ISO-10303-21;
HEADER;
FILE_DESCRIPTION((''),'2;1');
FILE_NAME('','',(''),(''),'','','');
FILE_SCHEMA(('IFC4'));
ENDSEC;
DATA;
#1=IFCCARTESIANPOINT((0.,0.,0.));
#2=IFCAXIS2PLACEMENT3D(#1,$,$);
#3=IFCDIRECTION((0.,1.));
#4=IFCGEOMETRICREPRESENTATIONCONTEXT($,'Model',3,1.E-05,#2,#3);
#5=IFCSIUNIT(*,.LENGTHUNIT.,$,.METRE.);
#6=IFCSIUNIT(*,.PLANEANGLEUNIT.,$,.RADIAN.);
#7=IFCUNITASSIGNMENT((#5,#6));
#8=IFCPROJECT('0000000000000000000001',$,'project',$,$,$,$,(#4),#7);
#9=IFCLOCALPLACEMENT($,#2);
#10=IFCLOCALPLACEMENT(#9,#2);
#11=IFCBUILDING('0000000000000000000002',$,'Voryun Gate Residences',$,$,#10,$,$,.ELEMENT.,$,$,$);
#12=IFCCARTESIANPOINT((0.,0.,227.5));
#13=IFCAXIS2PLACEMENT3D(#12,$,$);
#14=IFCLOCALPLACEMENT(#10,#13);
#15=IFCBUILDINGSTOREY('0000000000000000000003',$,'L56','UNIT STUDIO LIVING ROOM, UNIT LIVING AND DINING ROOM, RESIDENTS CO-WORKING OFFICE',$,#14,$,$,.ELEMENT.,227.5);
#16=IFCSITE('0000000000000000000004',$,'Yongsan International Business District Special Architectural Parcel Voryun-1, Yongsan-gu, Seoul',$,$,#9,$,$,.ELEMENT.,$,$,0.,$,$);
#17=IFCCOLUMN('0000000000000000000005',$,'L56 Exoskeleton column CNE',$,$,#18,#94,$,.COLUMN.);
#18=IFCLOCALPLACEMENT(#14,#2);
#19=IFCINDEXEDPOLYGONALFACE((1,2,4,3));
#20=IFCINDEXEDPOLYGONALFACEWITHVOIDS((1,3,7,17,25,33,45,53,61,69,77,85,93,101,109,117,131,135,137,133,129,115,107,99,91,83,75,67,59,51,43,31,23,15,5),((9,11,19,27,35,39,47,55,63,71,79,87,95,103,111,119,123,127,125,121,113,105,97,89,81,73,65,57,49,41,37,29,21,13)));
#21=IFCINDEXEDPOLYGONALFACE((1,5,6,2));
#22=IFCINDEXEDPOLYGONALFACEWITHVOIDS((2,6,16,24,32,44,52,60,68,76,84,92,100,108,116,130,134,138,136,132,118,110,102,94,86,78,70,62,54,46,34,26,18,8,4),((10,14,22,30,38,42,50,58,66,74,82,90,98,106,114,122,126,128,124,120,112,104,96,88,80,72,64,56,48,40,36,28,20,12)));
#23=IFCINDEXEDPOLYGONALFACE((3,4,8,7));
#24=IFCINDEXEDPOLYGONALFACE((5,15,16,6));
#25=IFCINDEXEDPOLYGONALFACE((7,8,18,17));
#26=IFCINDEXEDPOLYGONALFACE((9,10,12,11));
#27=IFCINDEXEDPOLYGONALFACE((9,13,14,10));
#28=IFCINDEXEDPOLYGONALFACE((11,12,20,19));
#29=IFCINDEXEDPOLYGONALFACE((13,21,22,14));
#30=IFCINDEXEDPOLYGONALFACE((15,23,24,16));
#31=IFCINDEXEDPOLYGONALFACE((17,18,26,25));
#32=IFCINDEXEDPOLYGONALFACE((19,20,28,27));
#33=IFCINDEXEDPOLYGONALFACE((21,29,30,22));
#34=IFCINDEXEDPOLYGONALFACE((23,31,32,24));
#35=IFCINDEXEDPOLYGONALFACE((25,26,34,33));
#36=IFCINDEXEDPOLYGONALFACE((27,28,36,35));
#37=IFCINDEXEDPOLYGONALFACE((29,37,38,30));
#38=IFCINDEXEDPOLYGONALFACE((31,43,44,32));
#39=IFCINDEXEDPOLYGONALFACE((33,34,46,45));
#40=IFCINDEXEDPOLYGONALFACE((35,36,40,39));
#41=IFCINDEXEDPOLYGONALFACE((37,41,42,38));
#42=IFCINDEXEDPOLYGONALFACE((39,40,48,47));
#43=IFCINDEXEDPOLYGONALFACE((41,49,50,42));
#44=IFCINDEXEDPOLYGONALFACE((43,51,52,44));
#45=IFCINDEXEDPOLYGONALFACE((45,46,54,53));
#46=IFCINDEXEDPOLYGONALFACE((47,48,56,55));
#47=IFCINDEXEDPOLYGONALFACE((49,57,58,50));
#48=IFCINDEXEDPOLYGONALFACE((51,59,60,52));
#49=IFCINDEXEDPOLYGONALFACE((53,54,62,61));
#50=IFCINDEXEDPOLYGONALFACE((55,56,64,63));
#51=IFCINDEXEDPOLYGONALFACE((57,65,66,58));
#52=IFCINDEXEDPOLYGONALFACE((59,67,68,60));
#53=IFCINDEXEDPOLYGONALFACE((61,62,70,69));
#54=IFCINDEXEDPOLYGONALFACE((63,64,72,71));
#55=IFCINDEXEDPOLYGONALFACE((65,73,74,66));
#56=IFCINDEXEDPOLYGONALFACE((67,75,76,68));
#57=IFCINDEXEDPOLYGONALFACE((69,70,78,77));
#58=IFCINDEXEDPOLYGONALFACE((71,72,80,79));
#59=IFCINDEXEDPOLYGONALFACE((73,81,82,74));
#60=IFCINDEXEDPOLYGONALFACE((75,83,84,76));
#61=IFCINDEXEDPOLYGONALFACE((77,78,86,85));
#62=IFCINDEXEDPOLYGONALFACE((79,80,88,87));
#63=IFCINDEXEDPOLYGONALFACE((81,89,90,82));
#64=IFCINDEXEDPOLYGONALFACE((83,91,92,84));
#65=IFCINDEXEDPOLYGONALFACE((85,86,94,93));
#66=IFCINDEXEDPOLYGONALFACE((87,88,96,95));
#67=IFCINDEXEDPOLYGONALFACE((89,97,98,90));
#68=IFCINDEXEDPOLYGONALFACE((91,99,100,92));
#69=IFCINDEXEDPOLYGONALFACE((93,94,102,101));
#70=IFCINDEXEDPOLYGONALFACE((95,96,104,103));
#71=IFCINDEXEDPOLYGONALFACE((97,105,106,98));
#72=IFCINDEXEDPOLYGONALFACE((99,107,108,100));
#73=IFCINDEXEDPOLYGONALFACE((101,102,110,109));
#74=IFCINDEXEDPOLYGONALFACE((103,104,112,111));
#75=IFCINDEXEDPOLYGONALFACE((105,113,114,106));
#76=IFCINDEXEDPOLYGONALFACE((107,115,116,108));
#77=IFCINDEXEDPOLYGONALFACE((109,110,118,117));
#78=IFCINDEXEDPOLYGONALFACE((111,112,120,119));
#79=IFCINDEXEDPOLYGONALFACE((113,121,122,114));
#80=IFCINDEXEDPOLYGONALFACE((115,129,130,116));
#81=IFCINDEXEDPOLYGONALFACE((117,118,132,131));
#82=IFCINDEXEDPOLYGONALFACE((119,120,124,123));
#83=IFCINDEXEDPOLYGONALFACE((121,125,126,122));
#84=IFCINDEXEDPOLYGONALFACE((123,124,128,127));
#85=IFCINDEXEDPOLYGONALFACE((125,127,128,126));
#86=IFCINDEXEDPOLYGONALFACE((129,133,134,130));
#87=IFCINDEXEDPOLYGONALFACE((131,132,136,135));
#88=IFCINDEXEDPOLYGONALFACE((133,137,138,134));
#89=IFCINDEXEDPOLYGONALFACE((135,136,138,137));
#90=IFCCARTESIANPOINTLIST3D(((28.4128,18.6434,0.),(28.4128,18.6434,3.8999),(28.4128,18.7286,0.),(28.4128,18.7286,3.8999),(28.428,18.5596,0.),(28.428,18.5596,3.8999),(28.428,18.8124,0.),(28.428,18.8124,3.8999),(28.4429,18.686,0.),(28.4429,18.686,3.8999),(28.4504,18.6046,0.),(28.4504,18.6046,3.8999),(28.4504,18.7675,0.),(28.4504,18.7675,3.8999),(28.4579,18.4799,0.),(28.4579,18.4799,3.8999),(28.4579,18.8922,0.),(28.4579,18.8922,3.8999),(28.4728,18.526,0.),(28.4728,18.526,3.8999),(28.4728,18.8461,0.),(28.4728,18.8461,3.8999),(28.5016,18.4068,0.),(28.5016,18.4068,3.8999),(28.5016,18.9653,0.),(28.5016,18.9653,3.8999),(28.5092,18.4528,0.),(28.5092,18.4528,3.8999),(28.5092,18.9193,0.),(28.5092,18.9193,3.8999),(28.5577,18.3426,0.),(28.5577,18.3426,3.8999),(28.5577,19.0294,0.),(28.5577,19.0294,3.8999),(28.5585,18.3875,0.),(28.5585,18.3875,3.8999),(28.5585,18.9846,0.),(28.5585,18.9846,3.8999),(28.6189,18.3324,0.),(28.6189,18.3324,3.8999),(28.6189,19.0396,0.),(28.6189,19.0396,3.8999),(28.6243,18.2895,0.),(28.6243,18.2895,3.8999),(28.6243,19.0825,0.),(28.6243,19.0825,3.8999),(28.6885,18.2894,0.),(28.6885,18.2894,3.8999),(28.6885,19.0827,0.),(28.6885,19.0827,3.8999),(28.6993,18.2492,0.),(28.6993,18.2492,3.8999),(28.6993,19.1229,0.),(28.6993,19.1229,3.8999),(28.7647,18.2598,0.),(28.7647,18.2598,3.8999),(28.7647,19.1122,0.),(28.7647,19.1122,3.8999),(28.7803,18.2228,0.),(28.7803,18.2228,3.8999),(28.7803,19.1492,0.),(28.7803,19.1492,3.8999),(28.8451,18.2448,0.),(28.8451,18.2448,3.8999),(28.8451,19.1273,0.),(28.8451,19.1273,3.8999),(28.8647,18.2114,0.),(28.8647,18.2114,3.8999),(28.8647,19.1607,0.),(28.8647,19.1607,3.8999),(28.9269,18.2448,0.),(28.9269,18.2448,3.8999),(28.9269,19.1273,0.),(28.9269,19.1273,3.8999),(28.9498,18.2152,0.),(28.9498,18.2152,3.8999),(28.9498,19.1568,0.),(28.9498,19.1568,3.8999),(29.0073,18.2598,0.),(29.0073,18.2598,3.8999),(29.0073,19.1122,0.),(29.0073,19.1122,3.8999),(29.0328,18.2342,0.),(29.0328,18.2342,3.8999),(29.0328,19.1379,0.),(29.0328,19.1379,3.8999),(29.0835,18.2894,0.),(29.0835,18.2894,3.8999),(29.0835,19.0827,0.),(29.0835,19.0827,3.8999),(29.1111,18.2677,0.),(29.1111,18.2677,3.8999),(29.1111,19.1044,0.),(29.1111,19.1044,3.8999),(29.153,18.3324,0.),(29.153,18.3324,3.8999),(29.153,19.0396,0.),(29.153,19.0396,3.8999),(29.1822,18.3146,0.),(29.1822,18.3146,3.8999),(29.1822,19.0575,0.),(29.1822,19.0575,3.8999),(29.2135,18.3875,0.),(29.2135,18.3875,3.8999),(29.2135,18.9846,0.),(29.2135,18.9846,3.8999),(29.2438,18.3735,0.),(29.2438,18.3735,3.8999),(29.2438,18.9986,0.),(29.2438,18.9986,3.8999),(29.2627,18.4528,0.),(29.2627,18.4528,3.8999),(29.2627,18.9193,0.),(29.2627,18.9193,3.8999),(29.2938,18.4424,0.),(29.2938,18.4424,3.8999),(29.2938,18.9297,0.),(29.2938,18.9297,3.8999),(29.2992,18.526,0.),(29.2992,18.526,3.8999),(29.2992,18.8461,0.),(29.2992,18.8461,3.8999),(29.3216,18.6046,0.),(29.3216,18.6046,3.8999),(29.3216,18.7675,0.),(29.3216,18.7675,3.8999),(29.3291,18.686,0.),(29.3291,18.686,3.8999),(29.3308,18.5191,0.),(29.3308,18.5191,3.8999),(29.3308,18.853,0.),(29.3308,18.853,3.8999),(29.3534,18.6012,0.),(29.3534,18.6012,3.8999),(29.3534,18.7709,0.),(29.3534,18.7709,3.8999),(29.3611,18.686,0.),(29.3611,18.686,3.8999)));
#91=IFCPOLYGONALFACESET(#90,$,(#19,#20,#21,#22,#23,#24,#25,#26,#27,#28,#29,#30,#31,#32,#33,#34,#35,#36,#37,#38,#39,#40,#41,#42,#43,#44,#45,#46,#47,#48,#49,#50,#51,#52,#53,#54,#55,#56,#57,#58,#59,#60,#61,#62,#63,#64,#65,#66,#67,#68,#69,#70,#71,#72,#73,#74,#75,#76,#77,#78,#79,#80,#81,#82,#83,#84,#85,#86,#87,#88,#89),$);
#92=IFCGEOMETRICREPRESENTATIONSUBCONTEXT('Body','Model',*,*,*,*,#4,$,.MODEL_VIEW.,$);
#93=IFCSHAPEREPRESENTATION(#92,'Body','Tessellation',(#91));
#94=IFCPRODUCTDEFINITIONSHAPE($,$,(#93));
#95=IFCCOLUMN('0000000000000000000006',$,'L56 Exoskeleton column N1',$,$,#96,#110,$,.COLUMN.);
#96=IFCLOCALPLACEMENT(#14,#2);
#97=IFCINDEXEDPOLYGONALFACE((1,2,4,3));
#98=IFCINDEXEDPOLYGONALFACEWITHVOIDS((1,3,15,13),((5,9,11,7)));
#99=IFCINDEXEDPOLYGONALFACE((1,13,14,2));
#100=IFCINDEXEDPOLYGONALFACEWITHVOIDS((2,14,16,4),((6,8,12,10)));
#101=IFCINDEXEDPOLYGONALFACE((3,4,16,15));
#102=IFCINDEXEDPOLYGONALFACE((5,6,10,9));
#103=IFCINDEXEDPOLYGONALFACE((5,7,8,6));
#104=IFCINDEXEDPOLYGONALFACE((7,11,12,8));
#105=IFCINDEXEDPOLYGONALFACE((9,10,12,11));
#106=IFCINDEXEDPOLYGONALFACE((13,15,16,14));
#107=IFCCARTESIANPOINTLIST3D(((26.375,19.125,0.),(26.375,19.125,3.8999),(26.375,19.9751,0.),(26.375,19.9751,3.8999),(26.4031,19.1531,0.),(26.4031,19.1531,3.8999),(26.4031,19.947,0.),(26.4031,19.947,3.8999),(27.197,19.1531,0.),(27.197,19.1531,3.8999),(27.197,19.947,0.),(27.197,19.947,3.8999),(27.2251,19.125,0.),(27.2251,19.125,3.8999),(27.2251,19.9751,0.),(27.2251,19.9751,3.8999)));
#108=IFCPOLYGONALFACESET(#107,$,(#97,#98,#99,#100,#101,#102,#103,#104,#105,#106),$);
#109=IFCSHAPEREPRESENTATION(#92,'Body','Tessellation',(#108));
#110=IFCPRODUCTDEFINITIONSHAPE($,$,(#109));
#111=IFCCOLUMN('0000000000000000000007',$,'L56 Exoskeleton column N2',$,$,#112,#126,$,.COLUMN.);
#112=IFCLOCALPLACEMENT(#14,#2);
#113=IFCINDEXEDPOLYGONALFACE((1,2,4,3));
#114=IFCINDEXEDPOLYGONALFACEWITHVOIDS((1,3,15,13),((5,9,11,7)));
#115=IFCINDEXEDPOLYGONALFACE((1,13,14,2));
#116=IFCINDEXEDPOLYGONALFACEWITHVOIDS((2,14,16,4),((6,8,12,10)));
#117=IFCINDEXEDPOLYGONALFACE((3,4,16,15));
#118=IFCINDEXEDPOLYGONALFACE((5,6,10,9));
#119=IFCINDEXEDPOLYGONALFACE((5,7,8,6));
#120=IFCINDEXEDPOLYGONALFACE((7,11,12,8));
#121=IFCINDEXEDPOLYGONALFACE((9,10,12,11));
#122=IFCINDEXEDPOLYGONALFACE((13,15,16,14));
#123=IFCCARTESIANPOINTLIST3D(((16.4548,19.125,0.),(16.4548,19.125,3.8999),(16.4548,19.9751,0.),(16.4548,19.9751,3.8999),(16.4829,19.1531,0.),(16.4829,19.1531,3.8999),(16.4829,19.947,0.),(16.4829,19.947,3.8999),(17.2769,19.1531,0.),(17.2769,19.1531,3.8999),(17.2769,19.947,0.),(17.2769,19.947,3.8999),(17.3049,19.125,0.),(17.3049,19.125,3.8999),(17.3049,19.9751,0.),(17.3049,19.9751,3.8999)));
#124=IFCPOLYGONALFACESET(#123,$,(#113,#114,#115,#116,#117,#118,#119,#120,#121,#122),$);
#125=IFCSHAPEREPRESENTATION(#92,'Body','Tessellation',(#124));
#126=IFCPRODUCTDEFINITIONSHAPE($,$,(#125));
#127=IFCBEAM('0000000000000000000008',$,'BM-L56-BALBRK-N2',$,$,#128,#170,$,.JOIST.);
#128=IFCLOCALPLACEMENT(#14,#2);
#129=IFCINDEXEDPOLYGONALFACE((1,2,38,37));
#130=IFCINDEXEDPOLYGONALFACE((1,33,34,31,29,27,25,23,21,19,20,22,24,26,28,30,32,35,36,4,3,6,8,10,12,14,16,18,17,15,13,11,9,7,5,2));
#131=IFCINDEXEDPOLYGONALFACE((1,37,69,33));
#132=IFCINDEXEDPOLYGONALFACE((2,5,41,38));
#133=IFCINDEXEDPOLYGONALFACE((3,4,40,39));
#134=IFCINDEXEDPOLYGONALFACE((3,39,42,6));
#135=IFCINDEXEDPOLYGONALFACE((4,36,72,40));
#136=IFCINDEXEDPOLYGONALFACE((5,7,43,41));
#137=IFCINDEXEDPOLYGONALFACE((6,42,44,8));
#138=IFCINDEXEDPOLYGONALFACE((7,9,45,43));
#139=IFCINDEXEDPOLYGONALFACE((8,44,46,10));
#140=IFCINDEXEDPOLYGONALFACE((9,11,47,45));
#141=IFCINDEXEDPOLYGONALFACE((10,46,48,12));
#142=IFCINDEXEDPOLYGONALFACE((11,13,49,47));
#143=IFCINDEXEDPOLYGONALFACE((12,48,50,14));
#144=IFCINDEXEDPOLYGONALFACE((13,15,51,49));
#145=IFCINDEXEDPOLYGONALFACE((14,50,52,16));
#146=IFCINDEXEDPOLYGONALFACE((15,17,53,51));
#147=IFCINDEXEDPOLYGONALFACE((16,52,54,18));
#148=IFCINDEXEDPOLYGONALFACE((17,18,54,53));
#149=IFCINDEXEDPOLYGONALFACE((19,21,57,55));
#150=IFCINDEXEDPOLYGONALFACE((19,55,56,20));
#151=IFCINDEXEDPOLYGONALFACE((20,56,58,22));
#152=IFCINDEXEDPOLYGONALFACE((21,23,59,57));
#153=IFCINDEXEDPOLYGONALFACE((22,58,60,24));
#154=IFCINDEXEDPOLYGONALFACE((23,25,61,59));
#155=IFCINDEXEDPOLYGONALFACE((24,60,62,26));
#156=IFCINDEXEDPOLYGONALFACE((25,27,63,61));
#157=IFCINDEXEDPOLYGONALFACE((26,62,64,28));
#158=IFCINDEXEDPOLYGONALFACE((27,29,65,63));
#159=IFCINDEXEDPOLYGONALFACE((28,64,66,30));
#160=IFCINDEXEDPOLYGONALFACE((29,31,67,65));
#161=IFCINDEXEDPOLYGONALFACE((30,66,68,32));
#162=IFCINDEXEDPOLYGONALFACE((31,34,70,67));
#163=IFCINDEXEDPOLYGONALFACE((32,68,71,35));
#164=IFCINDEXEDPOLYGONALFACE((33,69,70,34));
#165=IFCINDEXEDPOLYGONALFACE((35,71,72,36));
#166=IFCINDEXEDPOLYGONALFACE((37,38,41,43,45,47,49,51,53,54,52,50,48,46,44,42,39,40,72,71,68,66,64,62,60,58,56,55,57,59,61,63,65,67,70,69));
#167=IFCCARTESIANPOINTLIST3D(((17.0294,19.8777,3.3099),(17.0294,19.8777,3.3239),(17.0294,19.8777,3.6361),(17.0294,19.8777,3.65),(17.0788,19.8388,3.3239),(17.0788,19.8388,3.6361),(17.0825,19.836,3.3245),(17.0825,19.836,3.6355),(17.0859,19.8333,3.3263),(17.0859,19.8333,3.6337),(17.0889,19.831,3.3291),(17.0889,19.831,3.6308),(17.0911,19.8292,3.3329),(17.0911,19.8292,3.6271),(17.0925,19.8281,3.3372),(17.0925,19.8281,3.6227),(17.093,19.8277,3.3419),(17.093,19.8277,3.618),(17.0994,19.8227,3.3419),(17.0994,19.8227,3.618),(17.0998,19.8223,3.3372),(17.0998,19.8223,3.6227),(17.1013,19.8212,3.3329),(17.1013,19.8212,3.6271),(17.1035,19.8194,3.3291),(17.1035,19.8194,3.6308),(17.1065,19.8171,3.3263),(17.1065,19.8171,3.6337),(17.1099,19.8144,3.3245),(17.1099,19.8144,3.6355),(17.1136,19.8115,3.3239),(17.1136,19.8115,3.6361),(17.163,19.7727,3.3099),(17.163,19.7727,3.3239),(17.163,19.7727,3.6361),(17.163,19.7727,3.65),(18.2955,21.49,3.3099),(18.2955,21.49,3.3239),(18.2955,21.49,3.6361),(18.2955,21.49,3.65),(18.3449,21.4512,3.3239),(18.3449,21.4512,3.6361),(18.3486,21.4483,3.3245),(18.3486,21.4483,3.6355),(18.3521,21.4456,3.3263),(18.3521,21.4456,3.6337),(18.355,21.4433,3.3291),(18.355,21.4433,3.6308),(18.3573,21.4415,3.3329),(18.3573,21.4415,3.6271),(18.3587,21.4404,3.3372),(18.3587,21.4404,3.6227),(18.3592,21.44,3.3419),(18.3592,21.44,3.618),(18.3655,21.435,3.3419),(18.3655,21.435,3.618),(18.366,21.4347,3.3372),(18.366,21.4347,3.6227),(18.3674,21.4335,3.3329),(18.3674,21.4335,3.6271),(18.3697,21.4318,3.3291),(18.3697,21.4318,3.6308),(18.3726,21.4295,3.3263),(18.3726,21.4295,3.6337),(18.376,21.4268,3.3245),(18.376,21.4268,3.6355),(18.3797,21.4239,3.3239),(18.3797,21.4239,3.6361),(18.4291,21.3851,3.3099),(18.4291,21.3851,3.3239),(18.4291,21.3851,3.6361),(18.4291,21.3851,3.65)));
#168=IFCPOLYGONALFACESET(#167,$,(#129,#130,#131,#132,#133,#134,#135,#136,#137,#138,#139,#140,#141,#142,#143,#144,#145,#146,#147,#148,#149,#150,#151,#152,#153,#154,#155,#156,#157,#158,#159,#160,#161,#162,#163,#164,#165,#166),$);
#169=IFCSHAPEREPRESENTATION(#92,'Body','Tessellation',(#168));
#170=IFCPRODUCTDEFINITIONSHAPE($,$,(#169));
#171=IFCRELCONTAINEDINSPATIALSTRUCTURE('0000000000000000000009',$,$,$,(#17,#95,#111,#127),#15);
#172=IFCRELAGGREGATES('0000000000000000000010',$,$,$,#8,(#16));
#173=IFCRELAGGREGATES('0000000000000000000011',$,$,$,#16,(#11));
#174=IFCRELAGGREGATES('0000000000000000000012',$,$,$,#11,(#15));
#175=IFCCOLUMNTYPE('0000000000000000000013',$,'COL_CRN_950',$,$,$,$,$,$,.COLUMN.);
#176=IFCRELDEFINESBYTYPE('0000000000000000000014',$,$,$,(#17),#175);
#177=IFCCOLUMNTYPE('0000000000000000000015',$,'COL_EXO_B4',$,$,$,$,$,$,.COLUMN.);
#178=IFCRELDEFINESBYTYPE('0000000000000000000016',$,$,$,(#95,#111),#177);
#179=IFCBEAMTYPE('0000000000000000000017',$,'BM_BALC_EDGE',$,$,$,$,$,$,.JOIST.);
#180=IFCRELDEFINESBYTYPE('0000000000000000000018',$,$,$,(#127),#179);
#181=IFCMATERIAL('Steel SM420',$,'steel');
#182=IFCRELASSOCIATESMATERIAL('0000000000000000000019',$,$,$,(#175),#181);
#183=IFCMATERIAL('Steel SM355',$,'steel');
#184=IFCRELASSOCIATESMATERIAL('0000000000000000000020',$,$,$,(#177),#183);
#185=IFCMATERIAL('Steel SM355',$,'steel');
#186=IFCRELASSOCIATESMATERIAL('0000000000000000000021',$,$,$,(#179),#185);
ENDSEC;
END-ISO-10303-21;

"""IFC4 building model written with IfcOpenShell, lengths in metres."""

from ifc_helpers import new_model, si_unit, direction, frame, origin, origin_2d, place, context, subcontext, project, spatial, hollow_rectangle, hollow_circle, i_section, extrude, material, material_profile, profile_set, type_object, element, save


model = new_model("IFC4")

# Units and contexts
model_context = context("Model", 3, precision=1e-05, world=origin(), true_north=direction((0.0, 1.0)))
body_context = subcontext(model_context, "Body", "Model", "MODEL_VIEW")
ifc_project = project(units=[si_unit("LENGTHUNIT", "METRE"), si_unit("PLANEANGLEUNIT", "RADIAN")], contexts=[model_context])

# Site, building, storey
site_placement = place(None, origin())
site = spatial("IfcSite", under=ifc_project, at=site_placement, Name="Yongsan International Business District Special Architectural Parcel Voryun-1, Yongsan-gu, Seoul", CompositionType="ELEMENT", RefElevation=0.0)
building_placement = place(site_placement, origin())
building = spatial("IfcBuilding", under=site, at=building_placement, Name="Voryun Gate Residences", CompositionType="ELEMENT")
storey_placement = place(building_placement, frame((0.0, 0.0, 227.5)))
storey = spatial("IfcBuildingStorey", under=building, at=storey_placement, Name="L56", Description="UNIT STUDIO LIVING ROOM, UNIT LIVING AND DINING ROOM, RESIDENTS CO-WORKING OFFICE", CompositionType="ELEMENT", Elevation=227.5)

# Columns
ifc_material_1 = material(Name="Steel SM420", Category="steel")
ifc_material_profile_1 = material_profile(ifc_material_1, hollow_circle(Radius=0.4751, WallThickness=0.032, at=origin_2d()), Name="CHS-950x32")
ifc_profile_set_1 = profile_set([ifc_material_profile_1], Name="Steel SM420")
column_type_1 = type_object("IfcColumnType", Name="COL_CRN_950", PredefinedType="COLUMN", material=ifc_profile_set_1)
column_placement = place(storey_placement, frame((28.886, 18.686, 0.0), z_axis=(0.0, 0.0, 1.0), x_axis=(1.0, 0.0, 0.0)))
element("IfcColumn", 1, at=column_placement, inside=storey, type_object=column_type_1, Name="L56 Exoskeleton column CNE", PredefinedType="COLUMN", context=body_context, shape_type="SweptSolid", body=[
    extrude(hollow_circle(Radius=0.4751, WallThickness=0.032, at=origin_2d()), origin(), (0.0, 0.0, 1.0), 3.8999),
])
ifc_material_2 = material(Name="Steel SM355", Category="steel")
ifc_material_profile_2 = material_profile(ifc_material_2, hollow_rectangle(XDim=0.8501, YDim=0.8501, WallThickness=0.0281, at=origin_2d()), Name="BOX-850x850x28")
ifc_profile_set_2 = profile_set([ifc_material_profile_2], Name="Steel SM355")
column_type_2 = type_object("IfcColumnType", Name="COL_EXO_B4", PredefinedType="COLUMN", material=ifc_profile_set_2)
for number, where, z_axis, x_axis, name in (
    (2, (26.8, 19.55, 0.0), (0.0, 0.0, 1.0), (1.0, 0.0, 0.0), "L56 Exoskeleton column N1"),
    (3, (16.8799, 19.55, 0.0), (0.0, 0.0, 1.0), (1.0, 0.0, 0.0), "L56 Exoskeleton column N2"),
):
    element("IfcColumn", number, at=place(storey_placement, frame(where, z_axis=z_axis, x_axis=x_axis)), inside=storey, type_object=column_type_2, Name=name, PredefinedType="COLUMN", context=body_context, shape_type="SweptSolid", body=[
        extrude(hollow_rectangle(XDim=0.8501, YDim=0.8501, WallThickness=0.0281, at=origin_2d()), origin(), (0.0, 0.0, 1.0), 3.8999),
    ])

# Beam
ifc_material_3 = material(Name="Steel SM355", Category="steel")
ifc_material_profile_3 = material_profile(ifc_material_3, i_section(OverallWidth=0.1699, OverallDepth=0.3401, WebThickness=0.0081, FlangeThickness=0.0139, FilletRadius=0.0181, at=origin_2d()), Name="H-340x170x8x14")
ifc_profile_set_3 = profile_set([ifc_material_profile_3], Name="Steel SM355")
beam_type_1 = type_object("IfcBeamType", Name="BM_BALC_EDGE", PredefinedType="JOIST", material=ifc_profile_set_3)
beam_1_placement = place(storey_placement, frame((17.0962, 19.8252, 3.48), z_axis=(0.617611, 0.786484, 0.0), x_axis=(-0.786484, 0.617611, 0.0)))
element("IfcBeam", 4, at=beam_1_placement, inside=storey, type_object=beam_type_1, Name="BM-L56-BALBRK-N2", PredefinedType="JOIST", context=body_context, shape_type="SweptSolid", body=[
    extrude(i_section(OverallWidth=0.1699, OverallDepth=0.3401, WebThickness=0.0081, FlangeThickness=0.0139, FilletRadius=0.0181, at=origin_2d()), origin(), (0.0, 0.0, 1.0), 2.05),
])

save(model, "model.ifc")
